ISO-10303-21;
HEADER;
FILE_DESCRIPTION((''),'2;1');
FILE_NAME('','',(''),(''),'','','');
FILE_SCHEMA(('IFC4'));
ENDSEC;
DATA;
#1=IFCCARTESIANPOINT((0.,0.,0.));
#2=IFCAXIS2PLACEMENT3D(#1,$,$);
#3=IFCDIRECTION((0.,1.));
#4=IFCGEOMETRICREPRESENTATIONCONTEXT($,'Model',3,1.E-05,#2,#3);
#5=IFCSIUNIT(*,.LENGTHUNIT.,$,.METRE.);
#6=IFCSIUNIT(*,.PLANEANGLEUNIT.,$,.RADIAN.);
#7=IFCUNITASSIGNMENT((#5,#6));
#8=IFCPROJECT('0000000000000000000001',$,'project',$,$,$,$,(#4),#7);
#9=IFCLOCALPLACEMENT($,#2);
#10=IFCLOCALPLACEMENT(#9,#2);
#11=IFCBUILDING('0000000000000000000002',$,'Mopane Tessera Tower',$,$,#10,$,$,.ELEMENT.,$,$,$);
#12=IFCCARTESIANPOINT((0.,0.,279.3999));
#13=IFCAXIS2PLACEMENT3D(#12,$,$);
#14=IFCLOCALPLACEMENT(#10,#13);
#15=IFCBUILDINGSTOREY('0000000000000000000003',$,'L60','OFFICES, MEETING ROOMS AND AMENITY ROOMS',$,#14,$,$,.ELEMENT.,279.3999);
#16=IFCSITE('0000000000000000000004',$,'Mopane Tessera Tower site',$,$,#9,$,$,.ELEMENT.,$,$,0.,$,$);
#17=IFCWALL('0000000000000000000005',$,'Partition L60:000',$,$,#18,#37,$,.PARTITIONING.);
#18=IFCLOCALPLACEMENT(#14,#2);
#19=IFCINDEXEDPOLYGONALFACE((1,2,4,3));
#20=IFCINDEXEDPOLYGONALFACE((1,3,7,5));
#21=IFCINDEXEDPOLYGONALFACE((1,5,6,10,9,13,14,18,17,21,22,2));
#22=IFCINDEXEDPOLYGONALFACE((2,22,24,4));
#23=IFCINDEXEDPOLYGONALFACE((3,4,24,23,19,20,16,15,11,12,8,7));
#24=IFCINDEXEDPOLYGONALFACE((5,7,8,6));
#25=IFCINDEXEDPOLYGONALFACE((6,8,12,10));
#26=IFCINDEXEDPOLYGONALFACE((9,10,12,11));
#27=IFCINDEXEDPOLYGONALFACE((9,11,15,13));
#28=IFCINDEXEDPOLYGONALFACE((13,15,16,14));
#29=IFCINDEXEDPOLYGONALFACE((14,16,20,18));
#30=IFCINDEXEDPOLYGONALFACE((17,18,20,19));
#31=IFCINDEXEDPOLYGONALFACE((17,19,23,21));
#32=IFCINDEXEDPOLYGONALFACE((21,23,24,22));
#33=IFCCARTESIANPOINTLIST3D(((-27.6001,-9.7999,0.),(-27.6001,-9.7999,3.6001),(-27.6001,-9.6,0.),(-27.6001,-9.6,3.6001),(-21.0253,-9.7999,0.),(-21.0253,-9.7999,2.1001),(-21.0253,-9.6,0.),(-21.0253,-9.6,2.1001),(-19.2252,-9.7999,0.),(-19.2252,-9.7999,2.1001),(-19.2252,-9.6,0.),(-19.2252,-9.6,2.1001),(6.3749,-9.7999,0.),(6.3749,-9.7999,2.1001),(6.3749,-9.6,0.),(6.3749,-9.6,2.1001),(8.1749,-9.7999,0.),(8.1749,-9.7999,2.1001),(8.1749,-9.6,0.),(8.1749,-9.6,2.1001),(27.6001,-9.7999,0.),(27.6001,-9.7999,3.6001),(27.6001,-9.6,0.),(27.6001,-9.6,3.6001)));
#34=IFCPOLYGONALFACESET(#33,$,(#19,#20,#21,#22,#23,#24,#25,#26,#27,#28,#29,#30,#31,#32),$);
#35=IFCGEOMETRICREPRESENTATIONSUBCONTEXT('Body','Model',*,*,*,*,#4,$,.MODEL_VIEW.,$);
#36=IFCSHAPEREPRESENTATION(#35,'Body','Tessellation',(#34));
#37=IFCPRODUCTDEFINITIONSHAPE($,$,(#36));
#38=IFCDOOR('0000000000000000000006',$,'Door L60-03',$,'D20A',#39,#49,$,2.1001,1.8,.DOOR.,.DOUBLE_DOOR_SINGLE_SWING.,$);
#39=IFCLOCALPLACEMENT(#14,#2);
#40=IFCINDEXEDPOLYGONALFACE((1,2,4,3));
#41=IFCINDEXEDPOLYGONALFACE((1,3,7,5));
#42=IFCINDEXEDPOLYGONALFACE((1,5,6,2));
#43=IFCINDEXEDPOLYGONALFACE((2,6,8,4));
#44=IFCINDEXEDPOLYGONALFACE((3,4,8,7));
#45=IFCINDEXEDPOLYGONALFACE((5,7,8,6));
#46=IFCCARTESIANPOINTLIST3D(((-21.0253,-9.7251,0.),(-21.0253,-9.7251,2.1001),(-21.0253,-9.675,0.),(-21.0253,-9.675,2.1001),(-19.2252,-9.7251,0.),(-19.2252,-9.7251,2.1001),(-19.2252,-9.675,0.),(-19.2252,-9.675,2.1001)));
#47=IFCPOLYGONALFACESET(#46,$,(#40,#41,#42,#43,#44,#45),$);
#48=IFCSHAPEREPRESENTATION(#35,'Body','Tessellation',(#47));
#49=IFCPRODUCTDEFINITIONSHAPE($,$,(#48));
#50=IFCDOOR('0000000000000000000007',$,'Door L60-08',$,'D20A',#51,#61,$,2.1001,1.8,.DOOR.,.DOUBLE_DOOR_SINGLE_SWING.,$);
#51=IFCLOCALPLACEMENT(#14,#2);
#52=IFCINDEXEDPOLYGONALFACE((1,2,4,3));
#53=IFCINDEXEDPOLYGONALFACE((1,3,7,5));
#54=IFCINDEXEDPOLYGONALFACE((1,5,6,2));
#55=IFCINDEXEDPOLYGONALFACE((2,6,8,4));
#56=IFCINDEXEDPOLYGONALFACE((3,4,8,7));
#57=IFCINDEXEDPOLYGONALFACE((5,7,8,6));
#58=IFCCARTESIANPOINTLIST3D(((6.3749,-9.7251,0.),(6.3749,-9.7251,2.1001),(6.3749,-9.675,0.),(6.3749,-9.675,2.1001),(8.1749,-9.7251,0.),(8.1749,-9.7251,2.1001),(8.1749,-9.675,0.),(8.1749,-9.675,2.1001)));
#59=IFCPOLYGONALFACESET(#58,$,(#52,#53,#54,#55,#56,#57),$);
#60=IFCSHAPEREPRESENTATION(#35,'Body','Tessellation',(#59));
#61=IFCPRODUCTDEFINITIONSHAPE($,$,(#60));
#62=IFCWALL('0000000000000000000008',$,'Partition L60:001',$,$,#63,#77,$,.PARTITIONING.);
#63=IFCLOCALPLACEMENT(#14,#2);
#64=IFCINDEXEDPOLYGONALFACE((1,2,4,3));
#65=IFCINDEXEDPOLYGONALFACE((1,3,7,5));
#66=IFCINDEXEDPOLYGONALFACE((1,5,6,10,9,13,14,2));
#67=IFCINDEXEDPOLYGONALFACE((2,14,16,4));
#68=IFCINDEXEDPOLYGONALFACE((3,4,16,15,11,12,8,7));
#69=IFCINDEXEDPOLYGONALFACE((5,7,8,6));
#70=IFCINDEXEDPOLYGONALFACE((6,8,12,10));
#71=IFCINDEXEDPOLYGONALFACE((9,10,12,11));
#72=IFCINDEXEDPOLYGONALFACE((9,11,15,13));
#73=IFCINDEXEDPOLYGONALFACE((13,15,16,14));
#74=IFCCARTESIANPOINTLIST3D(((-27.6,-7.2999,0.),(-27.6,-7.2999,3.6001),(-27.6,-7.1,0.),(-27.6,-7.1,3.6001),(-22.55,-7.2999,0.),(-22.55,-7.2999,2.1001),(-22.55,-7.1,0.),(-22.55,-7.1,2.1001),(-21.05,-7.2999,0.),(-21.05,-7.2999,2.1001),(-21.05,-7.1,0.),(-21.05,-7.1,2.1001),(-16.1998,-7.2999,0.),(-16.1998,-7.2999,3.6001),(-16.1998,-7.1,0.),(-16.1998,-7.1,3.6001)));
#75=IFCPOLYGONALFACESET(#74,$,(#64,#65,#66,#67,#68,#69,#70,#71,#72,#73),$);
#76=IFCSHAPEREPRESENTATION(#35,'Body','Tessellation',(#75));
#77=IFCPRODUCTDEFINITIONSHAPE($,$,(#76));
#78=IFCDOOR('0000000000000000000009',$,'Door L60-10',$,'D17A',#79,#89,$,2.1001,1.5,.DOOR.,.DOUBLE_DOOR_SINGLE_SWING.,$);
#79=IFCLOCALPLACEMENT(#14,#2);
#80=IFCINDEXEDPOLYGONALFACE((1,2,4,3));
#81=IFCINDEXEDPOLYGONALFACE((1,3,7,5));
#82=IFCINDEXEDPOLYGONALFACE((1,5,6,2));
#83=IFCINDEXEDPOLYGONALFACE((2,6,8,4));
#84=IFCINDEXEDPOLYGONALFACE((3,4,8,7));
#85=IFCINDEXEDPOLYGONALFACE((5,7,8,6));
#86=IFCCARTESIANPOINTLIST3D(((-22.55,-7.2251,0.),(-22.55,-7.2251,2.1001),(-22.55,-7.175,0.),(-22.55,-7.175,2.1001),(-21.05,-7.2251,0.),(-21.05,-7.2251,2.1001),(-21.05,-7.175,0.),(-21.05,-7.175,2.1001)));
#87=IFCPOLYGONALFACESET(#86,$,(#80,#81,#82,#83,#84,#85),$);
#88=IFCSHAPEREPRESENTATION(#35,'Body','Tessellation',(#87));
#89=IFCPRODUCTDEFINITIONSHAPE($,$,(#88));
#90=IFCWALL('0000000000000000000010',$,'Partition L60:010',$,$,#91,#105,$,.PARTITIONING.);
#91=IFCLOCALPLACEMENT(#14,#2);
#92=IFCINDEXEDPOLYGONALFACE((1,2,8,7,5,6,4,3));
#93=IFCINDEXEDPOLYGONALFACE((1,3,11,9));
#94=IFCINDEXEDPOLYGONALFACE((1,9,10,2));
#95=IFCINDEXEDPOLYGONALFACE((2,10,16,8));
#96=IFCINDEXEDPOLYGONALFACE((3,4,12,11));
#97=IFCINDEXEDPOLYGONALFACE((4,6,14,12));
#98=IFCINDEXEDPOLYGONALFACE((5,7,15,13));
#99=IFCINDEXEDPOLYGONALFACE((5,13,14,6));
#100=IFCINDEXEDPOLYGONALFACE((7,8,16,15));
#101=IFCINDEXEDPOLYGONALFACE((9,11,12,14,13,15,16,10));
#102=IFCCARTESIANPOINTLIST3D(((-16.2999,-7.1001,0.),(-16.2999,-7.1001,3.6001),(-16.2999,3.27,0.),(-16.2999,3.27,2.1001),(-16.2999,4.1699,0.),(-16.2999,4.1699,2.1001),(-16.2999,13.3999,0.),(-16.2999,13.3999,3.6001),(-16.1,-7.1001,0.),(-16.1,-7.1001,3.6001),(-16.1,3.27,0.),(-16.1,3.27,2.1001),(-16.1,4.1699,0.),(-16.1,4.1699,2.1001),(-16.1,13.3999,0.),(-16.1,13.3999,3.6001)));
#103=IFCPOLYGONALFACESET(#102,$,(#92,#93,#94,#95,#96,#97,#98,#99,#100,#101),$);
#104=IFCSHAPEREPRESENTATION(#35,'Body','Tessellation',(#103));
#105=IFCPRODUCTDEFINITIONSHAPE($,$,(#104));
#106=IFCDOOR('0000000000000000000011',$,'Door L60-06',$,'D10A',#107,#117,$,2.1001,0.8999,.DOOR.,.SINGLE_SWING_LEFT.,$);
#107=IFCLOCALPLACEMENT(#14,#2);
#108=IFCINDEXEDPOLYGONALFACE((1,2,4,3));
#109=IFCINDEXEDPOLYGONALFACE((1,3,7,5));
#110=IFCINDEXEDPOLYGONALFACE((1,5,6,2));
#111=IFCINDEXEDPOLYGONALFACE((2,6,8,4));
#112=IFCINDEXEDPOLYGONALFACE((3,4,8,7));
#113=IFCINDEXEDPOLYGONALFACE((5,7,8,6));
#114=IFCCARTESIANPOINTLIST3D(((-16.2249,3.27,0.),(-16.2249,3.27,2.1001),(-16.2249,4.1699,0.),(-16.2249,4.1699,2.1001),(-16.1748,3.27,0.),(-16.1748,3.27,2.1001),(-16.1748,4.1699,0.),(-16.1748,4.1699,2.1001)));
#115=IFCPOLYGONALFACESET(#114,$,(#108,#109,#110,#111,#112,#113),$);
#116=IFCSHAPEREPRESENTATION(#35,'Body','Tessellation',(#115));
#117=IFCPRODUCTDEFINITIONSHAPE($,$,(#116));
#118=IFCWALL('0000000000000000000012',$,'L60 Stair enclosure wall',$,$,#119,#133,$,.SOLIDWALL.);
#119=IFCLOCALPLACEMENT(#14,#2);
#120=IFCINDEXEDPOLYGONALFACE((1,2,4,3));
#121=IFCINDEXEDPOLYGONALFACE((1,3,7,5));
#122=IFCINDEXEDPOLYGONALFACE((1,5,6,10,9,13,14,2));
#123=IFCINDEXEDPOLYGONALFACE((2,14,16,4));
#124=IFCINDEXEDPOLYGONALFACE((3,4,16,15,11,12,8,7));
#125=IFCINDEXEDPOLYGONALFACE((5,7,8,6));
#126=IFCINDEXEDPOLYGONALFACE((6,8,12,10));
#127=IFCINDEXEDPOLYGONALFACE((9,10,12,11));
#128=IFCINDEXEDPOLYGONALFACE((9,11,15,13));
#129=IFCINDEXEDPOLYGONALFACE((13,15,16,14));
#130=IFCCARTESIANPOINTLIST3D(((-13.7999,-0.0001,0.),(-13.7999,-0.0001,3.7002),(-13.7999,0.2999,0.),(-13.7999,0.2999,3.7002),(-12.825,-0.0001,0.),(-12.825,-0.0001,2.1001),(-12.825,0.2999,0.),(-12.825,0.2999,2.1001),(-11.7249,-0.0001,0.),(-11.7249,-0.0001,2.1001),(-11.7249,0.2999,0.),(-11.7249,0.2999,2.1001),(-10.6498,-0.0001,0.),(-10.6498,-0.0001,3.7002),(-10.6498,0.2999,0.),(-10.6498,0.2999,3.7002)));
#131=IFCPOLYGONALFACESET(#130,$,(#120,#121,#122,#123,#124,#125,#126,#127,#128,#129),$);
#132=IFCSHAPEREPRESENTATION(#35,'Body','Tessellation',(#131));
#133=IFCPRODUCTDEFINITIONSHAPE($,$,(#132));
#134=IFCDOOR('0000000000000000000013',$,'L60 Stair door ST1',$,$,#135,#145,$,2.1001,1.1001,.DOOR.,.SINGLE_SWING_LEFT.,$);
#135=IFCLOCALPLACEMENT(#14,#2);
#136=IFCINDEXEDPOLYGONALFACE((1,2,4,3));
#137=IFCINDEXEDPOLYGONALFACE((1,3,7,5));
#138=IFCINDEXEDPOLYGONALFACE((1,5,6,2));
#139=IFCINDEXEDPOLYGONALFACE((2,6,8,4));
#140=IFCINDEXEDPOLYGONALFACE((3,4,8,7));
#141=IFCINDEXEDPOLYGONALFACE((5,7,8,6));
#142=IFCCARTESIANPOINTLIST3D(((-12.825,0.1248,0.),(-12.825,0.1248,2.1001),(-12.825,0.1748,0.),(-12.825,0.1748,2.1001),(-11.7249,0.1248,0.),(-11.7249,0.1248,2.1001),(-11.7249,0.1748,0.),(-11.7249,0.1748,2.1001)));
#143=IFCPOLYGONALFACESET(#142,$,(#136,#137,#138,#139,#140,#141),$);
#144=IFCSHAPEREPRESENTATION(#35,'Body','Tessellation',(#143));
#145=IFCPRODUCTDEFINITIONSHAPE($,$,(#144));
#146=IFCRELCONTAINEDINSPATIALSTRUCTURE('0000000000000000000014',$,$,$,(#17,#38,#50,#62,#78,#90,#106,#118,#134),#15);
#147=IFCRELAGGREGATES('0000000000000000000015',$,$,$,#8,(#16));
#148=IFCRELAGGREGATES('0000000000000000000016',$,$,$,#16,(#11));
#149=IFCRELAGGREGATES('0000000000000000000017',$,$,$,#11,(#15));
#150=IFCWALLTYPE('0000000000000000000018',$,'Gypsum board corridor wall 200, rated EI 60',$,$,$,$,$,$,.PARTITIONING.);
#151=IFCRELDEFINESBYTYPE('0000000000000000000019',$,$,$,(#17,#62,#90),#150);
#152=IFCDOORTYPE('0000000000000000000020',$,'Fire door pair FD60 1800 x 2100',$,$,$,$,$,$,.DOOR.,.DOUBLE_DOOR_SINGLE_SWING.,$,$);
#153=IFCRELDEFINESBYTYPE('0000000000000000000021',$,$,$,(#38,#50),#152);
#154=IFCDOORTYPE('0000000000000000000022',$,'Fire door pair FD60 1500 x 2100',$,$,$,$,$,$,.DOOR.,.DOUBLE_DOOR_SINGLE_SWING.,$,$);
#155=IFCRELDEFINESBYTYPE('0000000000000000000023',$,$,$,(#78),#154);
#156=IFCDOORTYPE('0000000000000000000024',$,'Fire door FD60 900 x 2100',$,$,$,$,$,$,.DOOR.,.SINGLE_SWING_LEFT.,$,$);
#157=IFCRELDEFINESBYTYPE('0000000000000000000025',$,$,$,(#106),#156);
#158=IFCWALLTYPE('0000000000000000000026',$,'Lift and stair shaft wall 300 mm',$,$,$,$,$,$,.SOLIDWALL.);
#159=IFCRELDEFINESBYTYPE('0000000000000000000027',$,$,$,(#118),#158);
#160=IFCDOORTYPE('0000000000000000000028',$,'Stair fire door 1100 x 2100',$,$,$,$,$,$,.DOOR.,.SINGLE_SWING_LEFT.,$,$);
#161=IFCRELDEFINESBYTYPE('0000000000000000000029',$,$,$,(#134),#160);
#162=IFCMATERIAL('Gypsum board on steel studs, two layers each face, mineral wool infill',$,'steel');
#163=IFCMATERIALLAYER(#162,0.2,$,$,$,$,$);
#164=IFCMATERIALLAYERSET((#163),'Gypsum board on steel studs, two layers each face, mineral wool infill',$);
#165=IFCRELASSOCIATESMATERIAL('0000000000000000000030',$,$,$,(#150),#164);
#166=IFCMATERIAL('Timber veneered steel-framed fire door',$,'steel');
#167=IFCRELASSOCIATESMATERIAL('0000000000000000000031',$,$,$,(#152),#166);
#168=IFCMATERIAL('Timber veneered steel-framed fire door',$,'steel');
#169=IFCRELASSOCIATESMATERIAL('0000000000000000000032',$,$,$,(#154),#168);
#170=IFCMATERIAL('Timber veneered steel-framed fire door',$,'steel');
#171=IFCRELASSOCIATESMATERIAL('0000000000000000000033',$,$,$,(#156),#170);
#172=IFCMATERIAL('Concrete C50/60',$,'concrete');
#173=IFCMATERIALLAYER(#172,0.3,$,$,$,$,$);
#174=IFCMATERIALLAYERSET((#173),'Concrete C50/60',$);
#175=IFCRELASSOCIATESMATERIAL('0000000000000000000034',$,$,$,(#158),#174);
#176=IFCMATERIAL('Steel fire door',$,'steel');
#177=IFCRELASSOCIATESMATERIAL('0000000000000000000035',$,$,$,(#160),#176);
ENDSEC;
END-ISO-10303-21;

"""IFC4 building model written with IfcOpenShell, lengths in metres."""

from ifc_helpers import new_model, si_unit, direction, frame, frame_2d, origin, place, context, subcontext, project, spatial, rectangle, extrude, material, layer, layer_set, type_object, element, fill, save


model = new_model("IFC4")

# Units and contexts
model_context = context("Model", 3, precision=1e-05, world=origin(), true_north=direction((0.0, 1.0)))
body_context = subcontext(model_context, "Body", "Model", "MODEL_VIEW")
ifc_project = project(units=[si_unit("LENGTHUNIT", "METRE"), si_unit("PLANEANGLEUNIT", "RADIAN")], contexts=[model_context])

# Site, building, storey
site_placement = place(None, origin())
site = spatial("IfcSite", under=ifc_project, at=site_placement, Name="Mopane Tessera Tower site", CompositionType="ELEMENT", RefElevation=0.0)
building_placement = place(site_placement, origin())
building = spatial("IfcBuilding", under=site, at=building_placement, Name="Mopane Tessera Tower", CompositionType="ELEMENT")
storey_placement = place(building_placement, frame((0.0, 0.0, 279.3999)))
storey = spatial("IfcBuildingStorey", under=building, at=storey_placement, Name="L60", Description="OFFICES, MEETING ROOMS AND AMENITY ROOMS", CompositionType="ELEMENT", Elevation=279.3999)

# Wall, openings, doors
ifc_material_1 = material(Name="Gypsum board on steel studs, two layers each face, mineral wool infill", Category="steel")
ifc_layer_1 = layer(ifc_material_1, 0.2)
ifc_layer_set_1 = layer_set([ifc_layer_1], Name="Gypsum board on steel studs, two layers each face, mineral wool infill")
wall_type_1 = type_object("IfcWallType", Name="Gypsum board corridor wall 200, rated EI 60", PredefinedType="PARTITIONING", material=ifc_layer_set_1)
wall_1_placement = place(storey_placement, frame((-27.6001, -9.7, 0.0), z_axis=(0.0, 0.0, 1.0), x_axis=(1.0, 0.0, 0.0)))
wall_1 = element("IfcWall", 1, at=wall_1_placement, inside=storey, type_object=wall_type_1, Name="Partition L60:000", PredefinedType="PARTITIONING", context=body_context, shape_type="SweptSolid", body=[
    extrude(rectangle(XDim=55.2002, YDim=0.2, at=frame_2d((27.6001, 0.0))), origin(), (0.0, 0.0, 1.0), 3.6001),
])
opening_1_placement = place(wall_1_placement, frame((6.575, 0.0, 0.0)))
opening_1 = element("IfcOpeningElement", 2, at=opening_1_placement, cuts=wall_1, PredefinedType="OPENING", context=body_context, shape_type="SweptSolid", body=[
    extrude(rectangle(XDim=1.8, YDim=2.1001, at=frame_2d((0.8999, 1.05))), frame((0.0, 0.1121, 0.0), z_axis=(0.0, -1.0, 0.0), x_axis=(1.0, 0.0, 0.0)), (0.0, 0.0, 1.0), 0.2239),
])
opening_2_placement = place(wall_1_placement, frame((33.9751, 0.0, 0.0)))
opening_2 = element("IfcOpeningElement", 3, at=opening_2_placement, cuts=wall_1, PredefinedType="OPENING", context=body_context, shape_type="SweptSolid", body=[
    extrude(rectangle(XDim=1.8, YDim=2.1001, at=frame_2d((0.8999, 1.05))), frame((0.0, 0.1121, 0.0), z_axis=(0.0, -1.0, 0.0), x_axis=(1.0, 0.0, 0.0)), (0.0, 0.0, 1.0), 0.2239),
])
ifc_material_2 = material(Name="Timber veneered steel-framed fire door", Category="steel")
door_type_1 = type_object("IfcDoorType", Name="Fire door pair FD60 1800 x 2100", OperationType="DOUBLE_DOOR_SINGLE_SWING", PredefinedType="DOOR", material=ifc_material_2)
door_1_placement = place(opening_1_placement, origin())
door_1 = element("IfcDoor", 4, at=door_1_placement, inside=storey, type_object=door_type_1, Name="Door L60-03", ObjectType="D20A", OperationType="DOUBLE_DOOR_SINGLE_SWING", OverallHeight=2.1001, OverallWidth=1.8, PredefinedType="DOOR", context=body_context, shape_type="SweptSolid", body=[
    extrude(rectangle(XDim=1.8, YDim=2.1001, at=frame_2d((0.8999, 1.05))), frame((0.0, 0.0249, 0.0), z_axis=(0.0, -1.0, 0.0), x_axis=(1.0, 0.0, 0.0)), (0.0, 0.0, 1.0), 0.05),
])
fill(opening_1, door_1)
door_2_placement = place(opening_2_placement, origin())
door_2 = element("IfcDoor", 5, at=door_2_placement, inside=storey, type_object=door_type_1, Name="Door L60-08", ObjectType="D20A", OperationType="DOUBLE_DOOR_SINGLE_SWING", OverallHeight=2.1001, OverallWidth=1.8, PredefinedType="DOOR", context=body_context, shape_type="SweptSolid", body=[
    extrude(rectangle(XDim=1.8, YDim=2.1001, at=frame_2d((0.8999, 1.05))), frame((0.0, 0.0249, 0.0), z_axis=(0.0, -1.0, 0.0), x_axis=(1.0, 0.0, 0.0)), (0.0, 0.0, 1.0), 0.05),
])
fill(opening_2, door_2)

# Walls, openings, doors
wall_2_placement = place(storey_placement, frame((-27.6001, -7.2, 0.0), z_axis=(0.0, 0.0, 1.0), x_axis=(1.0, 0.0, 0.0)))
wall_2 = element("IfcWall", 6, at=wall_2_placement, inside=storey, type_object=wall_type_1, Name="Partition L60:001", PredefinedType="PARTITIONING", context=body_context, shape_type="SweptSolid", body=[
    extrude(rectangle(XDim=11.4001, YDim=0.2, at=frame_2d((5.7002, 0.0))), origin(), (0.0, 0.0, 1.0), 3.6001),
])
opening_3_placement = place(wall_2_placement, frame((5.05, 0.0, 0.0)))
opening_3 = element("IfcOpeningElement", 7, at=opening_3_placement, cuts=wall_2, PredefinedType="OPENING", context=body_context, shape_type="SweptSolid", body=[
    extrude(rectangle(XDim=1.5, YDim=2.1001, at=frame_2d((0.75, 1.05))), frame((0.0, 0.1121, 0.0), z_axis=(0.0, -1.0, 0.0), x_axis=(1.0, 0.0, 0.0)), (0.0, 0.0, 1.0), 0.2239),
])
ifc_material_3 = material(Name="Timber veneered steel-framed fire door", Category="steel")
door_type_2 = type_object("IfcDoorType", Name="Fire door pair FD60 1500 x 2100", OperationType="DOUBLE_DOOR_SINGLE_SWING", PredefinedType="DOOR", material=ifc_material_3)
door_3_placement = place(opening_3_placement, origin())
door_3 = element("IfcDoor", 8, at=door_3_placement, inside=storey, type_object=door_type_2, Name="Door L60-10", ObjectType="D17A", OperationType="DOUBLE_DOOR_SINGLE_SWING", OverallHeight=2.1001, OverallWidth=1.5, PredefinedType="DOOR", context=body_context, shape_type="SweptSolid", body=[
    extrude(rectangle(XDim=1.5, YDim=2.1001, at=frame_2d((0.75, 1.05))), frame((0.0, 0.0249, 0.0), z_axis=(0.0, -1.0, 0.0), x_axis=(1.0, 0.0, 0.0)), (0.0, 0.0, 1.0), 0.05),
])
fill(opening_3, door_3)
wall_3_placement = place(storey_placement, frame((-16.2, -7.1001, 0.0), z_axis=(0.0, 0.0, 1.0), x_axis=(0.0, 1.0, 0.0)))
wall_3 = element("IfcWall", 9, at=wall_3_placement, inside=storey, type_object=wall_type_1, Name="Partition L60:010", PredefinedType="PARTITIONING", context=body_context, shape_type="SweptSolid", body=[
    extrude(rectangle(XDim=20.5, YDim=0.2, at=frame_2d((10.25, 0.0))), origin(), (0.0, 0.0, 1.0), 3.6001),
])
opening_4_placement = place(wall_3_placement, frame((10.3701, 0.0, 0.0)))
opening_4 = element("IfcOpeningElement", 10, at=opening_4_placement, cuts=wall_3, PredefinedType="OPENING", context=body_context, shape_type="SweptSolid", body=[
    extrude(rectangle(XDim=0.8999, YDim=2.1001, at=frame_2d((0.45, 1.05))), frame((0.0, 0.1121, 0.0), z_axis=(0.0, -1.0, 0.0), x_axis=(1.0, 0.0, 0.0)), (0.0, 0.0, 1.0), 0.2239),
])
ifc_material_4 = material(Name="Timber veneered steel-framed fire door", Category="steel")
door_type_3 = type_object("IfcDoorType", Name="Fire door FD60 900 x 2100", OperationType="SINGLE_SWING_LEFT", PredefinedType="DOOR", material=ifc_material_4)
door_4_placement = place(opening_4_placement, origin())
door_4 = element("IfcDoor", 11, at=door_4_placement, inside=storey, type_object=door_type_3, Name="Door L60-06", ObjectType="D10A", OperationType="SINGLE_SWING_LEFT", OverallHeight=2.1001, OverallWidth=0.8999, PredefinedType="DOOR", context=body_context, shape_type="SweptSolid", body=[
    extrude(rectangle(XDim=0.8999, YDim=2.1001, at=frame_2d((0.45, 1.05))), frame((0.0, 0.0249, 0.0), z_axis=(0.0, -1.0, 0.0), x_axis=(1.0, 0.0, 0.0)), (0.0, 0.0, 1.0), 0.05),
])
fill(opening_4, door_4)
ifc_material_5 = material(Name="Concrete C50/60", Category="concrete")
ifc_layer_2 = layer(ifc_material_5, 0.3)
ifc_layer_set_2 = layer_set([ifc_layer_2], Name="Concrete C50/60")
wall_type_2 = type_object("IfcWallType", Name="Lift and stair shaft wall 300 mm", PredefinedType="SOLIDWALL", material=ifc_layer_set_2)
wall_4_placement = place(storey_placement, frame((-13.8, 0.1499, 0.0), z_axis=(0.0, 0.0, 1.0), x_axis=(1.0, 0.0, 0.0)))
wall_4 = element("IfcWall", 12, at=wall_4_placement, inside=storey, type_object=wall_type_2, Name="L60 Stair enclosure wall", PredefinedType="SOLIDWALL", context=body_context, shape_type="SweptSolid", body=[
    extrude(rectangle(XDim=3.1501, YDim=0.3, at=frame_2d((1.5752, 0.0))), origin(), (0.0, 0.0, 1.0), 3.7002),
])
opening_5_placement = place(wall_4_placement, frame((0.9751, 0.0, 0.0)))
opening_5 = element("IfcOpeningElement", 13, at=opening_5_placement, cuts=wall_4, PredefinedType="OPENING", context=body_context, shape_type="SweptSolid", body=[
    extrude(rectangle(XDim=1.1001, YDim=2.1001, at=frame_2d((0.55, 1.05))), frame((0.0, 0.1621, 0.0), z_axis=(0.0, -1.0, 0.0), x_axis=(1.0, 0.0, 0.0)), (0.0, 0.0, 1.0), 0.324),
])
ifc_material_6 = material(Name="Steel fire door", Category="steel")
door_type_4 = type_object("IfcDoorType", Name="Stair fire door 1100 x 2100", OperationType="SINGLE_SWING_LEFT", PredefinedType="DOOR", material=ifc_material_6)
door_5_placement = place(opening_5_placement, origin())
door_5 = element("IfcDoor", 14, at=door_5_placement, inside=storey, type_object=door_type_4, Name="L60 Stair door ST1", OperationType="SINGLE_SWING_LEFT", OverallHeight=2.1001, OverallWidth=1.1001, PredefinedType="DOOR", context=body_context, shape_type="SweptSolid", body=[
    extrude(rectangle(XDim=1.1001, YDim=2.1001, at=frame_2d((0.55, 1.05))), frame((0.0, 0.0249, 0.0), z_axis=(0.0, -1.0, 0.0), x_axis=(1.0, 0.0, 0.0)), (0.0, 0.0, 1.0), 0.05),
])
fill(opening_5, door_5)

save(model, "model.ifc")
